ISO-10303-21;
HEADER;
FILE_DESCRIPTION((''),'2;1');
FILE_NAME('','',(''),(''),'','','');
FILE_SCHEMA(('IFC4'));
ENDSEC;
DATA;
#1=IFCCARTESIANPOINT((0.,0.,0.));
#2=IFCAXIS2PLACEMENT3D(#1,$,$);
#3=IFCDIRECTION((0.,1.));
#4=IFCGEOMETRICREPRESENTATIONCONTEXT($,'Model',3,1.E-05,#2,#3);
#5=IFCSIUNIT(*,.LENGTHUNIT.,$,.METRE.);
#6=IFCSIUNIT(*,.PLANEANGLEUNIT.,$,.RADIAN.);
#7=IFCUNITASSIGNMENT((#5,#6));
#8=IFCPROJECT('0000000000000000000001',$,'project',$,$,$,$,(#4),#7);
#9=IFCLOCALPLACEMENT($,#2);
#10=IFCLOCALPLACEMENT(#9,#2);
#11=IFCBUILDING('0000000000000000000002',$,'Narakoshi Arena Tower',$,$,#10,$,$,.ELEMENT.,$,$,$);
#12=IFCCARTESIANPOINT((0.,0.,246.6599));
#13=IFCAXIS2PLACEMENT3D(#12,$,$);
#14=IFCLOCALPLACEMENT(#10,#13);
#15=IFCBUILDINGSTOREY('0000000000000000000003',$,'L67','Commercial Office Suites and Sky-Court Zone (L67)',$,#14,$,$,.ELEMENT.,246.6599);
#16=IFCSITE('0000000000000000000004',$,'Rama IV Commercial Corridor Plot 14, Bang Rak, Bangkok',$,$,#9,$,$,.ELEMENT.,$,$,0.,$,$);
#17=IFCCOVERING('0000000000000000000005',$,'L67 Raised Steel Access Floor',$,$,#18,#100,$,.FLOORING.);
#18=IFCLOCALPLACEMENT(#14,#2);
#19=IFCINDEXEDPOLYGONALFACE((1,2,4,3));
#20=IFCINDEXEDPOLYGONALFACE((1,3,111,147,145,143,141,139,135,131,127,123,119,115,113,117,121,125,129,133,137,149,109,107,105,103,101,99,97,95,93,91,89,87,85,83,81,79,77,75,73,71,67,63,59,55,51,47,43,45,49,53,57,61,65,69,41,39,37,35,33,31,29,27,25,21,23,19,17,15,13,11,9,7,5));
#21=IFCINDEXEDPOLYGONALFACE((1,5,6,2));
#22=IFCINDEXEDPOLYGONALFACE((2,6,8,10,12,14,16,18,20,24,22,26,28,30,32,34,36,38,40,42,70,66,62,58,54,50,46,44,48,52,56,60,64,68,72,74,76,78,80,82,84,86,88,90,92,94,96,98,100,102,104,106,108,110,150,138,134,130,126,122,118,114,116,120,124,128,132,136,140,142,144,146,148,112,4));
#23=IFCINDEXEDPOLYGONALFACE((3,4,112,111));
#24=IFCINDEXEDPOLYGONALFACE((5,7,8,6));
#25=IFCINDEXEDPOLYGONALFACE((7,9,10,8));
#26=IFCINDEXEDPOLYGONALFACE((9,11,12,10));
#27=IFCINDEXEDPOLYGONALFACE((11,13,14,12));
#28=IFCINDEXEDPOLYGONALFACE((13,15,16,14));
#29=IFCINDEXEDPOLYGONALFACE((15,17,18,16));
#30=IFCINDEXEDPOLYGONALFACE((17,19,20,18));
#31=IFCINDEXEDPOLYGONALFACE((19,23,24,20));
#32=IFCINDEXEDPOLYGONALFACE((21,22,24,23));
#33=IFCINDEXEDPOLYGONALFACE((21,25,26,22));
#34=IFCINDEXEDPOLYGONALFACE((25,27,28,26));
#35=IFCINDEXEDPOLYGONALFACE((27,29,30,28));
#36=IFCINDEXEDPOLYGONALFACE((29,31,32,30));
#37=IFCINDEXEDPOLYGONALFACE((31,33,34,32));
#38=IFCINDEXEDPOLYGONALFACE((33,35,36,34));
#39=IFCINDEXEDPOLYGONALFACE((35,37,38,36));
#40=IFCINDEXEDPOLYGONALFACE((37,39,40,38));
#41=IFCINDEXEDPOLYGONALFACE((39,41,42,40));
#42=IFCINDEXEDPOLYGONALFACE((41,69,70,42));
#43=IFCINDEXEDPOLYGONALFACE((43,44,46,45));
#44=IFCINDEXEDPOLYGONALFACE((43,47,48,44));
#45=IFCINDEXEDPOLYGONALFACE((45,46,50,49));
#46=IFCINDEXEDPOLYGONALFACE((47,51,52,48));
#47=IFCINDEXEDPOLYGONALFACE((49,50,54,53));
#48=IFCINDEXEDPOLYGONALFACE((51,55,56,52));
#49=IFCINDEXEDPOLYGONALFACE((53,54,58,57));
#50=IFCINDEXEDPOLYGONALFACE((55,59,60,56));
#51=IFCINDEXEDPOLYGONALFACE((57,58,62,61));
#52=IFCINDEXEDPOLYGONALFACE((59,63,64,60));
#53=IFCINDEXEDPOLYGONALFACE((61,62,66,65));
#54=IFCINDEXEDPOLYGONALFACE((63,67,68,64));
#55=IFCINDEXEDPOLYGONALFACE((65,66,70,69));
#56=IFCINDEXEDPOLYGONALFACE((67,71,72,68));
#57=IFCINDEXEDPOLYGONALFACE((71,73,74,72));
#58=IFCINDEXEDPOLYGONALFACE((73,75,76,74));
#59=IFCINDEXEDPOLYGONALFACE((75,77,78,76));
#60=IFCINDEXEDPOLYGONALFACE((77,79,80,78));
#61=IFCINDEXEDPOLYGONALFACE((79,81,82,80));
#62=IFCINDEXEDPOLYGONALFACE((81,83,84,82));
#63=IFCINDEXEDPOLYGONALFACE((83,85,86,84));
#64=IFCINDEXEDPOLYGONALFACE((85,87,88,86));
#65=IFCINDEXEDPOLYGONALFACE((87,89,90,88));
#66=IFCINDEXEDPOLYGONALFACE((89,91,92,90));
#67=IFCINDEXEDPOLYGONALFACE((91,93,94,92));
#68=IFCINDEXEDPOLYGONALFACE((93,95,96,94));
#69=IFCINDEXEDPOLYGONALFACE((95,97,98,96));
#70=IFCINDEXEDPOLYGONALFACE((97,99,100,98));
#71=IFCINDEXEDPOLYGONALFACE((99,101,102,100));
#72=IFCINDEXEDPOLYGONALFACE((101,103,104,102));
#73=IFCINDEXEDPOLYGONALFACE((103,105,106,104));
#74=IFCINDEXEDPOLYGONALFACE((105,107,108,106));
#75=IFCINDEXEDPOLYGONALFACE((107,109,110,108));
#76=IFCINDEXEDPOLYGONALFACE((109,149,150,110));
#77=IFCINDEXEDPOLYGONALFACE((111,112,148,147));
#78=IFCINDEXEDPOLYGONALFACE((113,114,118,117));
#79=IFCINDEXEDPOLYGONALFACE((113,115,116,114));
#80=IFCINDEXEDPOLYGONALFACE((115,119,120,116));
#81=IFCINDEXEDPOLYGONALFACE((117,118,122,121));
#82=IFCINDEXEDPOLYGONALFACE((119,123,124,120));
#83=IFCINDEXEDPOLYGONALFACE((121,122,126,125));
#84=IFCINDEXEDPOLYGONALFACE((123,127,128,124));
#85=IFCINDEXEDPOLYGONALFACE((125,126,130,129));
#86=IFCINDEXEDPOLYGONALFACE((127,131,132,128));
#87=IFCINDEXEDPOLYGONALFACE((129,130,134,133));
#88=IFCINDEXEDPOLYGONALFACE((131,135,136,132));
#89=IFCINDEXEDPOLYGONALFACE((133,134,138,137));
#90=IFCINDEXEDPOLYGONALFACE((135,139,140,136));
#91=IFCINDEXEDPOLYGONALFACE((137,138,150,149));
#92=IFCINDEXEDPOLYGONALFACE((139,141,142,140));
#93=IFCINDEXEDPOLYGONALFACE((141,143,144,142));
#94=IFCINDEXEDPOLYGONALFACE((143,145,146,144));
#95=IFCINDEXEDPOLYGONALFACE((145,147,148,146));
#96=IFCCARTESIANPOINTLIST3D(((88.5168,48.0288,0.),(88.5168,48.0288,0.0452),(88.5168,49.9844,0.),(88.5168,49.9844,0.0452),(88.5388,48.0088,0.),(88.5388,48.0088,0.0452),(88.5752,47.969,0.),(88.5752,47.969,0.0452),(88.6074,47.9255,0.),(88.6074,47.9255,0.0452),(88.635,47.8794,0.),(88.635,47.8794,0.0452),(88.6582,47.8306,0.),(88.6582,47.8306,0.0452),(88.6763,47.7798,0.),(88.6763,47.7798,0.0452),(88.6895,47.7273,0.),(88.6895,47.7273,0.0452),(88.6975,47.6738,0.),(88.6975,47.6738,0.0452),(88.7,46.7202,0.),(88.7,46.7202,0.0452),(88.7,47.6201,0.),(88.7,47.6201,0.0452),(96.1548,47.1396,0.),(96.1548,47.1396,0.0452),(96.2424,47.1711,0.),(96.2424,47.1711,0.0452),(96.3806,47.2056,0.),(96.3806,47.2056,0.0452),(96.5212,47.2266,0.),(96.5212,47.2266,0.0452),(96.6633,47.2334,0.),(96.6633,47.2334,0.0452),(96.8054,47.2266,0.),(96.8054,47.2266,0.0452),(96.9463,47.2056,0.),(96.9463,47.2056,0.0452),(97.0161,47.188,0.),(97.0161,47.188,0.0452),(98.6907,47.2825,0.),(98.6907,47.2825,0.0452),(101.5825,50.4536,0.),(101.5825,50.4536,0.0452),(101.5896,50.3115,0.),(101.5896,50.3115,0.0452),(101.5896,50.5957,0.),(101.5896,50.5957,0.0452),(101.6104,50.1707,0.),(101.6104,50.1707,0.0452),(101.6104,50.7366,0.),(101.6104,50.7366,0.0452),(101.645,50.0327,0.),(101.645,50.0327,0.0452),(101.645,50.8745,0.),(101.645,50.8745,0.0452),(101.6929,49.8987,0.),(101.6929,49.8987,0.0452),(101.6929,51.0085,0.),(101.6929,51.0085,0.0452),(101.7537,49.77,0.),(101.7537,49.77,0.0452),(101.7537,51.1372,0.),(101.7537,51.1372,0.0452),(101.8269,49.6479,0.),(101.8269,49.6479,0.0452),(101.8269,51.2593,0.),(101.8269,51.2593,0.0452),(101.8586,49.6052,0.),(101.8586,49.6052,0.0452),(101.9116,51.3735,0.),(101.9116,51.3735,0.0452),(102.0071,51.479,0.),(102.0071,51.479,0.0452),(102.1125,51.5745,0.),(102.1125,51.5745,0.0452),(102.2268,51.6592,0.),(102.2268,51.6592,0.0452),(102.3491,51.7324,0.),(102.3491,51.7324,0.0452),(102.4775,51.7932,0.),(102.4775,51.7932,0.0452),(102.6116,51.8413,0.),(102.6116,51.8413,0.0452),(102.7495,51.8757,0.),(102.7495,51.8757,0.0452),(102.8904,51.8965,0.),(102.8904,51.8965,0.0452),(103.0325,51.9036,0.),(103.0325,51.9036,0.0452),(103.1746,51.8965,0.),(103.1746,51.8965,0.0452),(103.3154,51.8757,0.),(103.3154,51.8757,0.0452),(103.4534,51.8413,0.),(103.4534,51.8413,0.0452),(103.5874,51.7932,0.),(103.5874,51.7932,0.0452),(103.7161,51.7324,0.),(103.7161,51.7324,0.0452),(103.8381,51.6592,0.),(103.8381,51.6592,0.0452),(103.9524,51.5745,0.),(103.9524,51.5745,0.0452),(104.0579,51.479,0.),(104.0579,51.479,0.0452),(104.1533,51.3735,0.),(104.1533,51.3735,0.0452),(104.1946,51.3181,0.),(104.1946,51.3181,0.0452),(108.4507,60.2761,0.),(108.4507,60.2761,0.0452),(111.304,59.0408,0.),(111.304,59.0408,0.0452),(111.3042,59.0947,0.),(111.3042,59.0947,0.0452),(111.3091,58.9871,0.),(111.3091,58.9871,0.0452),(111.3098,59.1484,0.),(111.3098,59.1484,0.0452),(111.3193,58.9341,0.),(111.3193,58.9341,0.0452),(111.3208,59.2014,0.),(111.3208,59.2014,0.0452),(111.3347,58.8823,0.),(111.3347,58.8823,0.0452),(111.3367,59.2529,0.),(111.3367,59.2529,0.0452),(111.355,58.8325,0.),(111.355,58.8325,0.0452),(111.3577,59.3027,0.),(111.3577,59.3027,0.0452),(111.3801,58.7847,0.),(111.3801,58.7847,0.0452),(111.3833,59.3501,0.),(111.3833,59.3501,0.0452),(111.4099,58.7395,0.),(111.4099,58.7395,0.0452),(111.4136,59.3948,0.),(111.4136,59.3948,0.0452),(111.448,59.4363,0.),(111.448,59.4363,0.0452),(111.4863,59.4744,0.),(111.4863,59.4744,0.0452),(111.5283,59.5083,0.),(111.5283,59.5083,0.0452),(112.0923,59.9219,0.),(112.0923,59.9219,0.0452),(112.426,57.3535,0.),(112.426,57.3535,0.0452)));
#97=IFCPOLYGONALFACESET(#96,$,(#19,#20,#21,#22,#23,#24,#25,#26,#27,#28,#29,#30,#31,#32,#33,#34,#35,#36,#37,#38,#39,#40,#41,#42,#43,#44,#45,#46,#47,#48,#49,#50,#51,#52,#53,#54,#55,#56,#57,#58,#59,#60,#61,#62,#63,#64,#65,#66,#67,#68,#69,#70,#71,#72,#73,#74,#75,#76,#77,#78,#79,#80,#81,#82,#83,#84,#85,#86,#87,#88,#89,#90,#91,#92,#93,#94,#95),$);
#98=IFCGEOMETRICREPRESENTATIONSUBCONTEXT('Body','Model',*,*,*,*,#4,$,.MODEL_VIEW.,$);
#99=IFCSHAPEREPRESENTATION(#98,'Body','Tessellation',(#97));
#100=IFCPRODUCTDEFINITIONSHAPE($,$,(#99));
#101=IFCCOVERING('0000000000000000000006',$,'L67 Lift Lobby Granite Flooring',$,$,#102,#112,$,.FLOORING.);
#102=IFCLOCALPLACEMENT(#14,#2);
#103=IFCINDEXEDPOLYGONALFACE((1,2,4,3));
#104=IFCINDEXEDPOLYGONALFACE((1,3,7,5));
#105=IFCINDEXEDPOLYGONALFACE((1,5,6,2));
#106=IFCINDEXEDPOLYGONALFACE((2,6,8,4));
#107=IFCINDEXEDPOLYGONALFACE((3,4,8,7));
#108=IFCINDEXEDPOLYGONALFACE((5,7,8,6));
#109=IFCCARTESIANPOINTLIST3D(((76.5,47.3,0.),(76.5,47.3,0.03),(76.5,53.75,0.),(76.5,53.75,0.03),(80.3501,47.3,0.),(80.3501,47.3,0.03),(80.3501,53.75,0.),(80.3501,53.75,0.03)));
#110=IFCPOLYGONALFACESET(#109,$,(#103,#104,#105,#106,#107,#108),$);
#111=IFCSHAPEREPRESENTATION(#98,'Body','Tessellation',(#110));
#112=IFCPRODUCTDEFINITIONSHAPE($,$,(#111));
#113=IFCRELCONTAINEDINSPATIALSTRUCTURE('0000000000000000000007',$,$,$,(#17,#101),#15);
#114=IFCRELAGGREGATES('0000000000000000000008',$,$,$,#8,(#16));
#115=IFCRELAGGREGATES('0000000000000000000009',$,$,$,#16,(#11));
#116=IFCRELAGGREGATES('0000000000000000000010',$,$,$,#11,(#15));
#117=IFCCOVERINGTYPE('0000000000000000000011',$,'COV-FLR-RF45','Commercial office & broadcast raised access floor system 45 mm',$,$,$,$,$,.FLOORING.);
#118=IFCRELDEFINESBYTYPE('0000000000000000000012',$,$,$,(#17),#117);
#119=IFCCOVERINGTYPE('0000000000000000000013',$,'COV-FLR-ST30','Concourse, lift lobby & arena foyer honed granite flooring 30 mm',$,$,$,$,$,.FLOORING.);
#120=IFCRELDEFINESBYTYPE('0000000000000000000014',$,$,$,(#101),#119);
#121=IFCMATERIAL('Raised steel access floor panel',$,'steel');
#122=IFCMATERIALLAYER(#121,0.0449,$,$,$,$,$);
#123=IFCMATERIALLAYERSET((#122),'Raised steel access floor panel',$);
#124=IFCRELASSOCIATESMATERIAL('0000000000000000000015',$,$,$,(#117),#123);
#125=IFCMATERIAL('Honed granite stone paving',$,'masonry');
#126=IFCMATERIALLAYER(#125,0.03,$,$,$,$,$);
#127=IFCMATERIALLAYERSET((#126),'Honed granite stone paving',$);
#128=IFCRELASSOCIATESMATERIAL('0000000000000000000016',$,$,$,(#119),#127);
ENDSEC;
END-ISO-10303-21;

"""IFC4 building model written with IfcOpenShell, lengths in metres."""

from ifc_helpers import new_model, si_unit, direction, frame, origin, place, context, subcontext, project, spatial, polyline, outline, extrude, material, layer, layer_set, type_object, element, save


model = new_model("IFC4")

# Units and contexts
model_context = context("Model", 3, precision=1e-05, world=origin(), true_north=direction((0.0, 1.0)))
body_context = subcontext(model_context, "Body", "Model", "MODEL_VIEW")
ifc_project = project(units=[si_unit("LENGTHUNIT", "METRE"), si_unit("PLANEANGLEUNIT", "RADIAN")], contexts=[model_context])

# Site, building, storey
site_placement = place(None, origin())
site = spatial("IfcSite", under=ifc_project, at=site_placement, Name="Rama IV Commercial Corridor Plot 14, Bang Rak, Bangkok", CompositionType="ELEMENT", RefElevation=0.0)
building_placement = place(site_placement, origin())
building = spatial("IfcBuilding", under=site, at=building_placement, Name="Narakoshi Arena Tower", CompositionType="ELEMENT")
storey_placement = place(building_placement, frame((0.0, 0.0, 246.6599)))
storey = spatial("IfcBuildingStorey", under=building, at=storey_placement, Name="L67", Description="Commercial Office Suites and Sky-Court Zone (L67)", CompositionType="ELEMENT", Elevation=246.6599)

# Coverings
ifc_material_1 = material(Name="Raised steel access floor panel", Category="steel")
ifc_layer_1 = layer(ifc_material_1, 0.0449)
ifc_layer_set_1 = layer_set([ifc_layer_1], Name="Raised steel access floor panel")
covering_type_1 = type_object("IfcCoveringType", Name="COV-FLR-RF45", Description="Commercial office & broadcast raised access floor system 45 mm", PredefinedType="FLOORING", material=ifc_layer_set_1)
covering_1_placement = place(storey_placement, origin())
element("IfcCovering", 1, at=covering_1_placement, inside=storey, type_object=covering_type_1, Name="L67 Raised Steel Access Floor", PredefinedType="FLOORING", context=body_context, shape_type="SweptSolid", body=[
    extrude(outline(polyline([(88.5168, 49.9844), (108.4507, 60.2761), (112.0923, 59.9219), (111.5283, 59.5083), (111.4863, 59.4744), (111.448, 59.4363), (111.4136, 59.3948), (111.3833, 59.3501), (111.3577, 59.3027), (111.3367, 59.2529), (111.3208, 59.2014), (111.3098, 59.1484), (111.3042, 59.0947), (111.304, 59.0408), (111.3091, 58.9871), (111.3193, 58.9341), (111.3347, 58.8823), (111.355, 58.8325), (111.3801, 58.7847), (111.4099, 58.7395), (112.426, 57.3535), (104.1946, 51.3181), (104.1533, 51.3735), (104.0579, 51.479), (103.9524, 51.5745), (103.8381, 51.6592), (103.7161, 51.7324), (103.5874, 51.7932), (103.4534, 51.8413), (103.3154, 51.8757), (103.1746, 51.8965), (103.0325, 51.9036), (102.8904, 51.8965), (102.7495, 51.8757), (102.6116, 51.8413), (102.4775, 51.7932), (102.3491, 51.7324), (102.2268, 51.6592), (102.1125, 51.5745), (102.0071, 51.479), (101.9116, 51.3735), (101.8269, 51.2593), (101.7537, 51.1372), (101.6929, 51.0085), (101.645, 50.8745), (101.6104, 50.7366), (101.5896, 50.5957), (101.5825, 50.4536), (101.5896, 50.3115), (101.6104, 50.1707), (101.645, 50.0327), (101.6929, 49.8987), (101.7537, 49.77), (101.8269, 49.6479), (101.8586, 49.6052), (98.6907, 47.2825), (97.0161, 47.188), (96.9463, 47.2056), (96.8054, 47.2266), (96.6633, 47.2334), (96.5212, 47.2266), (96.3806, 47.2056), (96.2424, 47.1711), (96.1548, 47.1396), (88.7, 46.7202), (88.7, 47.6201), (88.6975, 47.6738), (88.6895, 47.7273), (88.6763, 47.7798), (88.6582, 47.8306), (88.635, 47.8794), (88.6074, 47.9255), (88.5752, 47.969), (88.5388, 48.0088), (88.5168, 48.0288), (88.5168, 49.9844)])), origin(), (0.0, 0.0, 1.0), 0.0452),
])
ifc_material_2 = material(Name="Honed granite stone paving", Category="masonry")
ifc_layer_2 = layer(ifc_material_2, 0.03)
ifc_layer_set_2 = layer_set([ifc_layer_2], Name="Honed granite stone paving")
covering_type_2 = type_object("IfcCoveringType", Name="COV-FLR-ST30", Description="Concourse, lift lobby & arena foyer honed granite flooring 30 mm", PredefinedType="FLOORING", material=ifc_layer_set_2)
covering_2_placement = place(storey_placement, origin())
element("IfcCovering", 2, at=covering_2_placement, inside=storey, type_object=covering_type_2, Name="L67 Lift Lobby Granite Flooring", PredefinedType="FLOORING", context=body_context, shape_type="SweptSolid", body=[
    extrude(outline(polyline([(76.5, 47.3), (80.3501, 47.3), (80.3501, 53.75), (76.5, 53.75), (76.5, 47.3)])), origin(), (0.0, 0.0, 1.0), 0.03),
])

save(model, "model.ifc")
